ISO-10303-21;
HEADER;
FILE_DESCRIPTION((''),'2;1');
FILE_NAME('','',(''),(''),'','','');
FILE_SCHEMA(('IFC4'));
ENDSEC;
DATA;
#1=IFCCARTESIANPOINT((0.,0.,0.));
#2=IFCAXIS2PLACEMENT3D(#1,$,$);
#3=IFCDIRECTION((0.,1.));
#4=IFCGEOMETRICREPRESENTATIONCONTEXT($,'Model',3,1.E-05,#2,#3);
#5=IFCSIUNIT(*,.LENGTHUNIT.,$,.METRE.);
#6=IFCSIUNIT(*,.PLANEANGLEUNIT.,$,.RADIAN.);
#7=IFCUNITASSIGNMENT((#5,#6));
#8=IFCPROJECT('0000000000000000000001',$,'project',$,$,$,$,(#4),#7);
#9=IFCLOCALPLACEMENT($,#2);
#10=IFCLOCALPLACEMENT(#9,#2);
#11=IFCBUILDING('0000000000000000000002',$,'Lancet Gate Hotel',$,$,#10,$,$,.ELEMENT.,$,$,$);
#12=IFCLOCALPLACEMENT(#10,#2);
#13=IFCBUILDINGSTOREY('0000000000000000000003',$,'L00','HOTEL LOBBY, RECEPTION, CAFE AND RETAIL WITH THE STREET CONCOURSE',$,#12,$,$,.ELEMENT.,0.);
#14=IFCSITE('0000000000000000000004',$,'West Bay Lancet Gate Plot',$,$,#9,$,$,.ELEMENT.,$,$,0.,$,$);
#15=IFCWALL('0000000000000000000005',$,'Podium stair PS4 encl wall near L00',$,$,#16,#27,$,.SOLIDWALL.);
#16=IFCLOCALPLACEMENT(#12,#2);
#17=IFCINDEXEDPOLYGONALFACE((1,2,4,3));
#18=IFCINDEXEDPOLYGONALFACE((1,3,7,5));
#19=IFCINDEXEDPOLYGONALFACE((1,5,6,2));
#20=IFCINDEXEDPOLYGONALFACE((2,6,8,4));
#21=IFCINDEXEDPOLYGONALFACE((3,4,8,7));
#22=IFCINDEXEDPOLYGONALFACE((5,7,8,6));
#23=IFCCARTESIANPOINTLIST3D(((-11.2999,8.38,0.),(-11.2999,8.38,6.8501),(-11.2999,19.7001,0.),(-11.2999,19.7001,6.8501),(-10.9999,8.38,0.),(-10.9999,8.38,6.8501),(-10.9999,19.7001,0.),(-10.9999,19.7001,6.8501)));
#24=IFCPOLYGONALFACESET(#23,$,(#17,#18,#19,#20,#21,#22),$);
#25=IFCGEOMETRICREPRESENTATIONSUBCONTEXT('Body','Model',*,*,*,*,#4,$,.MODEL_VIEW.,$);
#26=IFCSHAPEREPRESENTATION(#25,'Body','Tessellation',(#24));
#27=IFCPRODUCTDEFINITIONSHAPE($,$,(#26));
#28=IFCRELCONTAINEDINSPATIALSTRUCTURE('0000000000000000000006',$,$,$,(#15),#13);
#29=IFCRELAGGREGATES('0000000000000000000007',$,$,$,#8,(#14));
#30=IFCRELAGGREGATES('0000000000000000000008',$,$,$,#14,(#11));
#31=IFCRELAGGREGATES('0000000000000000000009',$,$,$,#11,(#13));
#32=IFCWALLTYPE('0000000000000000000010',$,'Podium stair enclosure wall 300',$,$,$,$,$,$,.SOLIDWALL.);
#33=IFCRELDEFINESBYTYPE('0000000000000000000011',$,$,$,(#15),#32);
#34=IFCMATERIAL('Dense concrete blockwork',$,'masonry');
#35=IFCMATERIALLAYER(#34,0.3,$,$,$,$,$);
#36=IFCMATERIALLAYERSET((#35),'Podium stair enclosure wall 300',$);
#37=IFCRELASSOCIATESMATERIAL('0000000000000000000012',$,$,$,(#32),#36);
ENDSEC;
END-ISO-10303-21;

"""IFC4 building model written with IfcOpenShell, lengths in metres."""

from ifc_helpers import new_model, si_unit, direction, frame, frame_2d, origin, place, context, subcontext, project, spatial, rectangle, extrude, material, layer, layer_set, type_object, element, save


model = new_model("IFC4")

# Units and contexts
model_context = context("Model", 3, precision=1e-05, world=origin(), true_north=direction((0.0, 1.0)))
body_context = subcontext(model_context, "Body", "Model", "MODEL_VIEW")
ifc_project = project(units=[si_unit("LENGTHUNIT", "METRE"), si_unit("PLANEANGLEUNIT", "RADIAN")], contexts=[model_context])

# Site, building, storey
site_placement = place(None, origin())
site = spatial("IfcSite", under=ifc_project, at=site_placement, Name="West Bay Lancet Gate Plot", CompositionType="ELEMENT", RefElevation=0.0)
building_placement = place(site_placement, origin())
building = spatial("IfcBuilding", under=site, at=building_placement, Name="Lancet Gate Hotel", CompositionType="ELEMENT")
storey_placement = place(building_placement, origin())
storey = spatial("IfcBuildingStorey", under=building, at=storey_placement, Name="L00", Description="HOTEL LOBBY, RECEPTION, CAFE AND RETAIL WITH THE STREET CONCOURSE", CompositionType="ELEMENT", Elevation=0.0)

# Wall
ifc_material_1 = material(Name="Dense concrete blockwork", Category="masonry")
ifc_layer_1 = layer(ifc_material_1, 0.3)
ifc_layer_set_1 = layer_set([ifc_layer_1], Name="Podium stair enclosure wall 300")
wall_type = type_object("IfcWallType", Name="Podium stair enclosure wall 300", PredefinedType="SOLIDWALL", material=ifc_layer_set_1)
wall_placement = place(storey_placement, frame((-11.1499, 8.3799, 0.0), z_axis=(0.0, 0.0, 1.0), x_axis=(0.0, 1.0, 0.0)))
element("IfcWall", 1, at=wall_placement, inside=storey, type_object=wall_type, Name="Podium stair PS4 encl wall near L00", PredefinedType="SOLIDWALL", context=body_context, shape_type="SweptSolid", body=[
    extrude(rectangle(XDim=11.3201, YDim=0.3, at=frame_2d((5.6602, 0.0))), origin(), (0.0, 0.0, 1.0), 6.8501),
])

save(model, "model.ifc")
